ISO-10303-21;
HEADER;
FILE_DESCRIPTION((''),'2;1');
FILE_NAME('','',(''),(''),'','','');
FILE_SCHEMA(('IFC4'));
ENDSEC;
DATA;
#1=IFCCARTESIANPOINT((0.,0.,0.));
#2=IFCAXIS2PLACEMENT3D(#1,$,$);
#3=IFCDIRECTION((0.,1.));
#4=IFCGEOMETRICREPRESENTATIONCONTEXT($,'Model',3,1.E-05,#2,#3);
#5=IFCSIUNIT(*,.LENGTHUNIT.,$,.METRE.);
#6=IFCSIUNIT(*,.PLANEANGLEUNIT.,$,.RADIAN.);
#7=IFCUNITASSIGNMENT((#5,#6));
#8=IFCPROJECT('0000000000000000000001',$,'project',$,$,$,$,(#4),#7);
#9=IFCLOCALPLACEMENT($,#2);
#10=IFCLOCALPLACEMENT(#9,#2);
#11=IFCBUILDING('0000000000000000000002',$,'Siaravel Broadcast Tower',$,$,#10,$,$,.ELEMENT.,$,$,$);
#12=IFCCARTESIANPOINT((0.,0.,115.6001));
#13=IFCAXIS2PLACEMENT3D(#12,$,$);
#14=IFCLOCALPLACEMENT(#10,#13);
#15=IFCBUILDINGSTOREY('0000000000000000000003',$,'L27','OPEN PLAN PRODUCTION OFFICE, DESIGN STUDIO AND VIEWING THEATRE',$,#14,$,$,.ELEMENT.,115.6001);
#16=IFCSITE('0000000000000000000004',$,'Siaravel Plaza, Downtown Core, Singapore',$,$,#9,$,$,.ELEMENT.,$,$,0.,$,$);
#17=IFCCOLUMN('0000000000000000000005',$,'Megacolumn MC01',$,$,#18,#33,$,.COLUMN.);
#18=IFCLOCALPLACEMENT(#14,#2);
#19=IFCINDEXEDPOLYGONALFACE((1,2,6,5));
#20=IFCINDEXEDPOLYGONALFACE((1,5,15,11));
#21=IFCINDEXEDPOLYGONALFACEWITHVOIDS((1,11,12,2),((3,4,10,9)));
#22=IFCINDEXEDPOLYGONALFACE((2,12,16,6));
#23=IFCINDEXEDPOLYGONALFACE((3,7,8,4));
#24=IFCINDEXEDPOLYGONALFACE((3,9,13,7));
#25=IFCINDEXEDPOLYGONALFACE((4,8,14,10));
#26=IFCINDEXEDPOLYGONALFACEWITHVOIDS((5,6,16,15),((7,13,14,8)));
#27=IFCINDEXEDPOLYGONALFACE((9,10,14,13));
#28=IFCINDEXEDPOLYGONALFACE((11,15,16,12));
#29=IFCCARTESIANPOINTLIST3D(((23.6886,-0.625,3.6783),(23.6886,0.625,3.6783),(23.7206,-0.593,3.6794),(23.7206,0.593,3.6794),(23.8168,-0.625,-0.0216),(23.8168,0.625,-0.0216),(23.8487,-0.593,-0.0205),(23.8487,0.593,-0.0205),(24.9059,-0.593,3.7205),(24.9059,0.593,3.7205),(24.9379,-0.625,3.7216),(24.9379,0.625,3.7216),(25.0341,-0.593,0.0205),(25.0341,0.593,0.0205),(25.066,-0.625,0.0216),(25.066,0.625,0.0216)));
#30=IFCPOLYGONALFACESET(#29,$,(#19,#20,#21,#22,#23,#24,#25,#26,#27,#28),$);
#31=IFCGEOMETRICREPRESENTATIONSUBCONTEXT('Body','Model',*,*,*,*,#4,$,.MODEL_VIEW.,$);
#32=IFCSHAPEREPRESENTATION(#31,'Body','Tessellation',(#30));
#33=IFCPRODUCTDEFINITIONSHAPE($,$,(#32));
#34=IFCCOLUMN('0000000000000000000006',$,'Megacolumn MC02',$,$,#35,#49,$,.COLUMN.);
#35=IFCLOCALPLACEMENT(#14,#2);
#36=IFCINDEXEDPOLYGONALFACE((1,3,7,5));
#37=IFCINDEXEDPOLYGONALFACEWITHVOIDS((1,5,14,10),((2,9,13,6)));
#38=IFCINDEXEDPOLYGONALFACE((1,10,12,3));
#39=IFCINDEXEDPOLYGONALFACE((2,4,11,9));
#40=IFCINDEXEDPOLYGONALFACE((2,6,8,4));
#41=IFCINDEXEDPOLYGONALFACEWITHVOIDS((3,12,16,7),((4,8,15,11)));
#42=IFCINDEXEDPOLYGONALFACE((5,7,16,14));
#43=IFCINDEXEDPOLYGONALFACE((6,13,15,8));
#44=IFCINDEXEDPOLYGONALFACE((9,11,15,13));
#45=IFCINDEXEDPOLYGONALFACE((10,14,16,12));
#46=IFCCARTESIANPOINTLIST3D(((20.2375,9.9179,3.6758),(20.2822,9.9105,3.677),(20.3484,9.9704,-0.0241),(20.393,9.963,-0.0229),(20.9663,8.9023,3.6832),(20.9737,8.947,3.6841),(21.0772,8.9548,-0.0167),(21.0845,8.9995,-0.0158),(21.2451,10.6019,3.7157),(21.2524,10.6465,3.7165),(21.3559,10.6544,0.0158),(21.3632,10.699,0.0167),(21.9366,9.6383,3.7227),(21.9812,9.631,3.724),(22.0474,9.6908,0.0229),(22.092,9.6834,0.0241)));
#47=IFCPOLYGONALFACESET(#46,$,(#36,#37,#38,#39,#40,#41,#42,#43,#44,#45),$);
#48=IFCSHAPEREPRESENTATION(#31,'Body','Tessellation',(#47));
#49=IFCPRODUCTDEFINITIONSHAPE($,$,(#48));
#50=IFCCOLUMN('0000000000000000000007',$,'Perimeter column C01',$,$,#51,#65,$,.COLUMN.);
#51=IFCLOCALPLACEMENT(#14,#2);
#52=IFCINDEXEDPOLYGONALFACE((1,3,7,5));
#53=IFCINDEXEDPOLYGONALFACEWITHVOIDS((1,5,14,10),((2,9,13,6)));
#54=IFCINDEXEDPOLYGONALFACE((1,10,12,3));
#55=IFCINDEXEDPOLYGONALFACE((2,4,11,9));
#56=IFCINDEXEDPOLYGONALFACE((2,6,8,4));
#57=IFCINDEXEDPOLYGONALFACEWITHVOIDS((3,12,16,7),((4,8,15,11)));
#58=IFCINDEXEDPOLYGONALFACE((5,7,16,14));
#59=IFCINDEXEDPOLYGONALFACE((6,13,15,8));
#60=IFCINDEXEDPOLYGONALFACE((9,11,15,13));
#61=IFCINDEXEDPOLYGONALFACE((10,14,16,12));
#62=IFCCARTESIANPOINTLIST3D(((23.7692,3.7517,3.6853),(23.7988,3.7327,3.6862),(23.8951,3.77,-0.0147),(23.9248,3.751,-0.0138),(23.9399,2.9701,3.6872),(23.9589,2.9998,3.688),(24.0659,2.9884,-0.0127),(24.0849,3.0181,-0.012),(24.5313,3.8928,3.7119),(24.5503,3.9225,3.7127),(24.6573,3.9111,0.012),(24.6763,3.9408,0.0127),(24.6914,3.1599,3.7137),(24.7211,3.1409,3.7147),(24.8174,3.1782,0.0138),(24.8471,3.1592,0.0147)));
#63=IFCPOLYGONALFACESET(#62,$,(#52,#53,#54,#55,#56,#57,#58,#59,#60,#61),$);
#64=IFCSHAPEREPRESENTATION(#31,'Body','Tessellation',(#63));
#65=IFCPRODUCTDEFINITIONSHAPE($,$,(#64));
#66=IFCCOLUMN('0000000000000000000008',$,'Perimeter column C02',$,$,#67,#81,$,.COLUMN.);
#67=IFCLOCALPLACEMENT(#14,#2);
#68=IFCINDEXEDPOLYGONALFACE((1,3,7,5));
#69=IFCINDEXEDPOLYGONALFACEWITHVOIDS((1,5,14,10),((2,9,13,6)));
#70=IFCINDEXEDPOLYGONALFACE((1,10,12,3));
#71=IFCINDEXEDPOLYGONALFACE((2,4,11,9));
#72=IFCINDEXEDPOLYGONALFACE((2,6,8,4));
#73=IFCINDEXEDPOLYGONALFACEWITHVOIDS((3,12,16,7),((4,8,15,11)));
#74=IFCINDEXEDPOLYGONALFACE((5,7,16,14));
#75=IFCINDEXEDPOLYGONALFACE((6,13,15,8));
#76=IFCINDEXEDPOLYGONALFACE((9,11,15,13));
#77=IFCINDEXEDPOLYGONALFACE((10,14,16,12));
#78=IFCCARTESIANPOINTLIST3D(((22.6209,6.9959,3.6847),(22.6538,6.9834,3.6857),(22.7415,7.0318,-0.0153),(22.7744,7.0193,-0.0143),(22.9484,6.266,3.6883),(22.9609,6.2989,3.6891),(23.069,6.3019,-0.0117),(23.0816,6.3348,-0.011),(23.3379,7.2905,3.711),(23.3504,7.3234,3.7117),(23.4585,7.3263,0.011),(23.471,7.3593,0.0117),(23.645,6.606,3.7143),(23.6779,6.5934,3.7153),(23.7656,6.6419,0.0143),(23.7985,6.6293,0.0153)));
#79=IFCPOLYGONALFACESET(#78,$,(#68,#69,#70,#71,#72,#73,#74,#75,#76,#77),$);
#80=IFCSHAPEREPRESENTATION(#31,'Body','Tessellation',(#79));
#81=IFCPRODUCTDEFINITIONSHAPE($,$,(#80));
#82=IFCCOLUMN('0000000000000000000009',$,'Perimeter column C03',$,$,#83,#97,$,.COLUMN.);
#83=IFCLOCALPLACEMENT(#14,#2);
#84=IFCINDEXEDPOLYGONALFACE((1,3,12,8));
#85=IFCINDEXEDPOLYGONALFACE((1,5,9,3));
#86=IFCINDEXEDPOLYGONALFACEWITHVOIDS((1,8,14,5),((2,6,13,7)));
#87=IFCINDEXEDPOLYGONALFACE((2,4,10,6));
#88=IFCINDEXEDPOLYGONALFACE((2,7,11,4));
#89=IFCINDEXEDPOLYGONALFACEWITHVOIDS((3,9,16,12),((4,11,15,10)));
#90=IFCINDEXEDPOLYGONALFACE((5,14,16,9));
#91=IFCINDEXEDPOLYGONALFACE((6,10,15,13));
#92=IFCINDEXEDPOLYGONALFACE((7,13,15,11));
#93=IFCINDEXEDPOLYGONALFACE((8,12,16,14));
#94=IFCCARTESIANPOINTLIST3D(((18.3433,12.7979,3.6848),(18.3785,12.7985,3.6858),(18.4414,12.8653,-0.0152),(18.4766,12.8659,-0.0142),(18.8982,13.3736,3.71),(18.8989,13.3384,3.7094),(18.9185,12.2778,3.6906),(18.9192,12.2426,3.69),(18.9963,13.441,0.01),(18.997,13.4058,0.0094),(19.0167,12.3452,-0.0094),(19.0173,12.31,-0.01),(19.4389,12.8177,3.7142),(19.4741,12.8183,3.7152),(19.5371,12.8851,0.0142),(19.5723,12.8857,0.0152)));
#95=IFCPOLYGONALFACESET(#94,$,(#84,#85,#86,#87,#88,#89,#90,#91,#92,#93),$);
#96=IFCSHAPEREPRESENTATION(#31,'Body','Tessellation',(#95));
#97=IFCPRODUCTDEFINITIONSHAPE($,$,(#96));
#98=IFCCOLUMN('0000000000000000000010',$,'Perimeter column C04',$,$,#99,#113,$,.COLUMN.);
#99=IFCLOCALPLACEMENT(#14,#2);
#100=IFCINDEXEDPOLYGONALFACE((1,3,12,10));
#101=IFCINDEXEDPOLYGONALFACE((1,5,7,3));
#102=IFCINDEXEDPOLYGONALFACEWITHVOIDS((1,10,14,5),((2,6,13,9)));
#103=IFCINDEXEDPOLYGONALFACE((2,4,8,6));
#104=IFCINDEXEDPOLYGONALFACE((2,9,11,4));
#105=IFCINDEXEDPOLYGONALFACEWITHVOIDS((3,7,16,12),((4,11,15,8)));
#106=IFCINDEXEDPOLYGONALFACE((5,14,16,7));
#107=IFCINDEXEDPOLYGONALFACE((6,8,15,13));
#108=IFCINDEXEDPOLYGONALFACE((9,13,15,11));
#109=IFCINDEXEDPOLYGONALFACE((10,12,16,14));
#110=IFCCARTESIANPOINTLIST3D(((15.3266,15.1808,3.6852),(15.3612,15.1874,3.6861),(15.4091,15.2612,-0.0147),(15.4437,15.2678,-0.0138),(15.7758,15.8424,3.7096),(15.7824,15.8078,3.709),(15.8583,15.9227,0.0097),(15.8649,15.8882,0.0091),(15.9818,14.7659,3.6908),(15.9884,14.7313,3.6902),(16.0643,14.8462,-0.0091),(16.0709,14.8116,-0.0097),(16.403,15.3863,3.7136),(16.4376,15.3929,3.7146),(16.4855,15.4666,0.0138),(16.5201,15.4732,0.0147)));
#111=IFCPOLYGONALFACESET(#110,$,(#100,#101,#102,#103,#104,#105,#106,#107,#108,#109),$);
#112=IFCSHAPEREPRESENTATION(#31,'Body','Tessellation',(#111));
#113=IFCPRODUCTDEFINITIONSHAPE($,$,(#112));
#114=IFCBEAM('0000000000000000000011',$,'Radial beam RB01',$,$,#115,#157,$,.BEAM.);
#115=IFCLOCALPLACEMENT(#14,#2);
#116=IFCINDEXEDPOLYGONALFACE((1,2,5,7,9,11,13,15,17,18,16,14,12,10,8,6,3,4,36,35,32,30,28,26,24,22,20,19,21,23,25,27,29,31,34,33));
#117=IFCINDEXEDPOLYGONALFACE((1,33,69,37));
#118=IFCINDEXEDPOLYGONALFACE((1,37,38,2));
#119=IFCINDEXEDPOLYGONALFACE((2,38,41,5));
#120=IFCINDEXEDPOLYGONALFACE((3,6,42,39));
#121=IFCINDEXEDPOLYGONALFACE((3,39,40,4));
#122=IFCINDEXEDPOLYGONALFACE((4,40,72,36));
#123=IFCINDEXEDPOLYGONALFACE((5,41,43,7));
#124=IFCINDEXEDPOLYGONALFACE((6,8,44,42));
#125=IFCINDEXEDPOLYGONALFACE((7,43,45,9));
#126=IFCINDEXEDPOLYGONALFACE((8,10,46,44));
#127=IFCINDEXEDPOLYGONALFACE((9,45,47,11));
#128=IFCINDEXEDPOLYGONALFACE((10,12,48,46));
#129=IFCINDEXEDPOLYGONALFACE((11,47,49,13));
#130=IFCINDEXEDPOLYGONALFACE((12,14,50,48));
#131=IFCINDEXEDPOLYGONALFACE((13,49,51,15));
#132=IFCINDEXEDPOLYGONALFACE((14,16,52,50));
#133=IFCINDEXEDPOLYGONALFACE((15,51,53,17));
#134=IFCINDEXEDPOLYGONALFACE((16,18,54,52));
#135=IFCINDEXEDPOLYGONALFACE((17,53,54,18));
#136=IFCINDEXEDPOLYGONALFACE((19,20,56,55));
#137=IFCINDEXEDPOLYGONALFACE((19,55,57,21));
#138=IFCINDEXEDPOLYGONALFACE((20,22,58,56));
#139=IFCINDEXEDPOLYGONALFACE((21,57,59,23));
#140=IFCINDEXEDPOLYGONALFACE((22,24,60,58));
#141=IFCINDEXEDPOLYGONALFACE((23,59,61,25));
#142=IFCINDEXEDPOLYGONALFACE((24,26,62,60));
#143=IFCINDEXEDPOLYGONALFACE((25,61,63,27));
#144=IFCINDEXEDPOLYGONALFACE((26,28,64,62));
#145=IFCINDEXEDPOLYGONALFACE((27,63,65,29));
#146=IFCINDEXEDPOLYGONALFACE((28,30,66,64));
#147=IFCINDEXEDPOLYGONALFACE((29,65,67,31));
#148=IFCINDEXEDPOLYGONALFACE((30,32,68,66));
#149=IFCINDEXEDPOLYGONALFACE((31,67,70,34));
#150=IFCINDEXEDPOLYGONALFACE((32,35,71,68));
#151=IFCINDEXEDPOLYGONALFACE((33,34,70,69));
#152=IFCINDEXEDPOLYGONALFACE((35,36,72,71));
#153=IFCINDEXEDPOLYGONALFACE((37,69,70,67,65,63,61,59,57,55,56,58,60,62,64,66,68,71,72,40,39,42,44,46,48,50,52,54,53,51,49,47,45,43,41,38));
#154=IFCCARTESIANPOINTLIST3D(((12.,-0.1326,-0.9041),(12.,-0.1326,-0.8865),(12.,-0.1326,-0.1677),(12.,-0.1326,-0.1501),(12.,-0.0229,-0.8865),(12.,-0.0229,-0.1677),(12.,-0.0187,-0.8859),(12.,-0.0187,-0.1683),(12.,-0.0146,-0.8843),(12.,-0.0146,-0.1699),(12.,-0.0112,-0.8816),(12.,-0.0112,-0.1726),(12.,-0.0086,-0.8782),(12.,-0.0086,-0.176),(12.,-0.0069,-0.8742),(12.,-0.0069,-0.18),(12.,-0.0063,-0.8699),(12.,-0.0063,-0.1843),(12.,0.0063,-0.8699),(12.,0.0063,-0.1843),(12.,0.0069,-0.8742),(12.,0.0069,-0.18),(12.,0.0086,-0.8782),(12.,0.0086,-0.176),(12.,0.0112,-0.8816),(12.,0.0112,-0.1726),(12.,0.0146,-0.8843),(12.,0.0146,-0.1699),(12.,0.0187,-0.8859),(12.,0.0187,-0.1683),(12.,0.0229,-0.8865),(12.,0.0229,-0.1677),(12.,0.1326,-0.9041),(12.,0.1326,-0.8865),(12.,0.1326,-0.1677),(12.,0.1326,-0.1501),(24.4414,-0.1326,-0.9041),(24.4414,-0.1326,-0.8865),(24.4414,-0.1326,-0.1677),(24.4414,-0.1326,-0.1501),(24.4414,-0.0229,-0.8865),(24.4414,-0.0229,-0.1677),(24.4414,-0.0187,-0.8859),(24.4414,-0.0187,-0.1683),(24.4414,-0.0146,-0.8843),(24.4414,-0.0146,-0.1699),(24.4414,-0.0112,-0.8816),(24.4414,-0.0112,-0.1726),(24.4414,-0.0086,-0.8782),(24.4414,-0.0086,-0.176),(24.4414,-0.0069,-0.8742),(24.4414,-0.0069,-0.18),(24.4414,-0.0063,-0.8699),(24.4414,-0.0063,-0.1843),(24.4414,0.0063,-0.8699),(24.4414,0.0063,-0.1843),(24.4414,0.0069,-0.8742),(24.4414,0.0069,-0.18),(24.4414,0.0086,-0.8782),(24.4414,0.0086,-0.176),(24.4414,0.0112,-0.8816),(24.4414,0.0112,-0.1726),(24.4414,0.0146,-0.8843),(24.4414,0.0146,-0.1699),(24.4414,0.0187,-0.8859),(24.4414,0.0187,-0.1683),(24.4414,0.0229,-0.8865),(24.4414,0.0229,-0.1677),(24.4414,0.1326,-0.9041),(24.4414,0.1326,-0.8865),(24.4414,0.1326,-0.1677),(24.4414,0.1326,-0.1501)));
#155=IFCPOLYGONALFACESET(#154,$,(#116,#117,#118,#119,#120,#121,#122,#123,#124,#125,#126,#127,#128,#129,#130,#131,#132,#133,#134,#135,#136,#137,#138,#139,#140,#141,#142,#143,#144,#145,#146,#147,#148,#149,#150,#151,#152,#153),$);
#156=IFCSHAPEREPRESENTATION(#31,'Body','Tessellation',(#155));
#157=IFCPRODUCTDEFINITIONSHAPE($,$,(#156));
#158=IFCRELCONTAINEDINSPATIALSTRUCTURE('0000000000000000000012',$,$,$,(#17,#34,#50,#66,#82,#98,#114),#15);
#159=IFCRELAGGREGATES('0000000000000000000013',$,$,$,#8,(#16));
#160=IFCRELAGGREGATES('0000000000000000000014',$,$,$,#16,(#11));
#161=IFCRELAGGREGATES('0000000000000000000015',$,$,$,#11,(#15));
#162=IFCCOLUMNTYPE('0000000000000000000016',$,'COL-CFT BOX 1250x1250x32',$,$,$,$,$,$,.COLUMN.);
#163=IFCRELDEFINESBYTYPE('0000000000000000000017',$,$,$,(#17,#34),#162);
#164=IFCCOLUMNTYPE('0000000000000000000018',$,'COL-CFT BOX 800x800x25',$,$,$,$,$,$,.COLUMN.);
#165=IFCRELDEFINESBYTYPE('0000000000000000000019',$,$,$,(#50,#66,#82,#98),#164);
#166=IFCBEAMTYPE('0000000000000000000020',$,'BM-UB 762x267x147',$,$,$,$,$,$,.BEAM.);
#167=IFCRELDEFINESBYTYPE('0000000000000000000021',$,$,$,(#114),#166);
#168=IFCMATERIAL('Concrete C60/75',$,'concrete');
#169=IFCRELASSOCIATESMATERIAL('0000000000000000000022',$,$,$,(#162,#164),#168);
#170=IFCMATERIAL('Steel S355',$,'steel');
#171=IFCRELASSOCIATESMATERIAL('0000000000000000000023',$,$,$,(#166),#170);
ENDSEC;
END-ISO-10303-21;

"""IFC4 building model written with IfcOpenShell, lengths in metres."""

from ifc_helpers import new_model, si_unit, direction, frame, origin, origin_2d, place, context, subcontext, project, spatial, hollow_rectangle, i_section, extrude, material, material_profile, profile_set, type_object, element, save


model = new_model("IFC4")

# Units and contexts
model_context = context("Model", 3, precision=1e-05, world=origin(), true_north=direction((0.0, 1.0)))
body_context = subcontext(model_context, "Body", "Model", "MODEL_VIEW")
ifc_project = project(units=[si_unit("LENGTHUNIT", "METRE"), si_unit("PLANEANGLEUNIT", "RADIAN")], contexts=[model_context])

# Site, building, storey
site_placement = place(None, origin())
site = spatial("IfcSite", under=ifc_project, at=site_placement, Name="Siaravel Plaza, Downtown Core, Singapore", CompositionType="ELEMENT", RefElevation=0.0)
building_placement = place(site_placement, origin())
building = spatial("IfcBuilding", under=site, at=building_placement, Name="Siaravel Broadcast Tower", CompositionType="ELEMENT")
storey_placement = place(building_placement, frame((0.0, 0.0, 115.6001)))
storey = spatial("IfcBuildingStorey", under=building, at=storey_placement, Name="L27", Description="OPEN PLAN PRODUCTION OFFICE, DESIGN STUDIO AND VIEWING THEATRE", CompositionType="ELEMENT", Elevation=115.6001)

# Columns
ifc_material_1 = material(Name="Concrete C60/75", Category="concrete")
ifc_material_profile_1 = material_profile(ifc_material_1, hollow_rectangle(XDim=1.25, YDim=1.25, WallThickness=0.032, at=origin_2d()))
ifc_profile_set_1 = profile_set([ifc_material_profile_1], Name="Concrete C60/75")
column_type_1 = type_object("IfcColumnType", Name="COL-CFT BOX 1250x1250x32", PredefinedType="COLUMN", material=ifc_profile_set_1)
column_1_placement = place(storey_placement, frame((24.4414, 0.0, 0.0), z_axis=(-0.034621, 0.0, 0.999401), x_axis=(0.0, -1.0, 0.0)))
element("IfcColumn", 1, at=column_1_placement, inside=storey, type_object=column_type_1, Name="Megacolumn MC01", PredefinedType="COLUMN", context=body_context, shape_type="SweptSolid", body=[
    extrude(hollow_rectangle(XDim=1.25, YDim=1.25, WallThickness=0.032, at=origin_2d()), origin(), (0.0, 0.0, 1.0), 3.7021),
])
column_2_placement = place(storey_placement, frame((21.2202, 9.8269, 0.0), z_axis=(-0.029941, -0.014179, 0.999451), x_axis=(0.583038, -0.812423, 0.00594)))
element("IfcColumn", 2, at=column_2_placement, inside=storey, type_object=column_type_1, Name="Megacolumn MC02", PredefinedType="COLUMN", context=body_context, shape_type="SweptSolid", body=[
    extrude(hollow_rectangle(XDim=1.25, YDim=1.25, WallThickness=0.032, at=origin_2d()), origin(), (0.0, 0.0, 1.0), 3.7019),
])
ifc_material_profile_2 = material_profile(ifc_material_1, hollow_rectangle(XDim=0.8, YDim=0.8, WallThickness=0.0249, at=origin_2d()))
ifc_profile_set_2 = profile_set([ifc_material_profile_2], Name="Concrete C60/75")
column_type_2 = type_object("IfcColumnType", Name="COL-CFT BOX 800x800x25", PredefinedType="COLUMN", material=ifc_profile_set_2)
for number, where, z_axis, x_axis, name in (
    (3, (24.3711, 3.4646, 0.0), (-0.034028, -0.004946, 0.999409), (0.213466, -0.976948, 0.002433), "Perimeter column C01"),
    (4, (23.27, 6.8306, 0.0), (-0.032578, -0.009694, 0.999422), (0.40938, -0.912353, 0.004495), "Perimeter column C02"),
):
    element("IfcColumn", number, at=place(storey_placement, frame(where, z_axis=z_axis, x_axis=x_axis)), inside=storey, type_object=column_type_2, Name=name, PredefinedType="COLUMN", context=body_context, shape_type="SweptSolid", body=[
        extrude(hollow_rectangle(XDim=0.8, YDim=0.8, WallThickness=0.0249, at=origin_2d()), origin(), (0.0, 0.0, 1.0), 3.7021),
    ])
column_3_placement = place(storey_placement, frame((19.0068, 12.8755, 0.0), z_axis=(-0.026512, -0.018202, 0.999483), x_axis=(0.719851, -0.694099, 0.006454)))
element("IfcColumn", 5, at=column_3_placement, inside=storey, type_object=column_type_2, Name="Perimeter column C03", PredefinedType="COLUMN", context=body_context, shape_type="SweptSolid", body=[
    extrude(hollow_rectangle(XDim=0.8, YDim=0.8, WallThickness=0.0249, at=origin_2d()), origin(), (0.0, 0.0, 1.0), 3.7019),
])
column_4_placement = place(storey_placement, frame((15.9646, 15.3672, 0.0), z_axis=(-0.022292, -0.021698, 0.999516), x_axis=(0.827187, -0.561892, 0.006251)))
element("IfcColumn", 6, at=column_4_placement, inside=storey, type_object=column_type_2, Name="Perimeter column C04", PredefinedType="COLUMN", context=body_context, shape_type="SweptSolid", body=[
    extrude(hollow_rectangle(XDim=0.8, YDim=0.8, WallThickness=0.0249, at=origin_2d()), origin(), (0.0, 0.0, 1.0), 3.7017),
])

# Beam
ifc_material_2 = material(Name="Steel S355", Category="steel")
ifc_material_profile_3 = material_profile(ifc_material_2, i_section(OverallWidth=0.2651, OverallDepth=0.7539, WebThickness=0.0127, FlangeThickness=0.0176, FilletRadius=0.0166, at=origin_2d()))
ifc_profile_set_3 = profile_set([ifc_material_profile_3], Name="Steel S355")
beam_type = type_object("IfcBeamType", Name="BM-UB 762x267x147", PredefinedType="BEAM", material=ifc_profile_set_3)
beam_1_placement = place(storey_placement, frame((24.4414, 0.0, -0.5271), z_axis=(-1.0, 0.0, 0.0), x_axis=(0.0, -1.0, 0.0)))
element("IfcBeam", 7, at=beam_1_placement, inside=storey, type_object=beam_type, Name="Radial beam RB01", PredefinedType="BEAM", context=body_context, shape_type="SweptSolid", body=[
    extrude(i_section(OverallWidth=0.2651, OverallDepth=0.7539, WebThickness=0.0127, FlangeThickness=0.0176, FilletRadius=0.0166, at=origin_2d()), origin(), (0.0, 0.0, 1.0), 12.4414),
])

save(model, "model.ifc")
